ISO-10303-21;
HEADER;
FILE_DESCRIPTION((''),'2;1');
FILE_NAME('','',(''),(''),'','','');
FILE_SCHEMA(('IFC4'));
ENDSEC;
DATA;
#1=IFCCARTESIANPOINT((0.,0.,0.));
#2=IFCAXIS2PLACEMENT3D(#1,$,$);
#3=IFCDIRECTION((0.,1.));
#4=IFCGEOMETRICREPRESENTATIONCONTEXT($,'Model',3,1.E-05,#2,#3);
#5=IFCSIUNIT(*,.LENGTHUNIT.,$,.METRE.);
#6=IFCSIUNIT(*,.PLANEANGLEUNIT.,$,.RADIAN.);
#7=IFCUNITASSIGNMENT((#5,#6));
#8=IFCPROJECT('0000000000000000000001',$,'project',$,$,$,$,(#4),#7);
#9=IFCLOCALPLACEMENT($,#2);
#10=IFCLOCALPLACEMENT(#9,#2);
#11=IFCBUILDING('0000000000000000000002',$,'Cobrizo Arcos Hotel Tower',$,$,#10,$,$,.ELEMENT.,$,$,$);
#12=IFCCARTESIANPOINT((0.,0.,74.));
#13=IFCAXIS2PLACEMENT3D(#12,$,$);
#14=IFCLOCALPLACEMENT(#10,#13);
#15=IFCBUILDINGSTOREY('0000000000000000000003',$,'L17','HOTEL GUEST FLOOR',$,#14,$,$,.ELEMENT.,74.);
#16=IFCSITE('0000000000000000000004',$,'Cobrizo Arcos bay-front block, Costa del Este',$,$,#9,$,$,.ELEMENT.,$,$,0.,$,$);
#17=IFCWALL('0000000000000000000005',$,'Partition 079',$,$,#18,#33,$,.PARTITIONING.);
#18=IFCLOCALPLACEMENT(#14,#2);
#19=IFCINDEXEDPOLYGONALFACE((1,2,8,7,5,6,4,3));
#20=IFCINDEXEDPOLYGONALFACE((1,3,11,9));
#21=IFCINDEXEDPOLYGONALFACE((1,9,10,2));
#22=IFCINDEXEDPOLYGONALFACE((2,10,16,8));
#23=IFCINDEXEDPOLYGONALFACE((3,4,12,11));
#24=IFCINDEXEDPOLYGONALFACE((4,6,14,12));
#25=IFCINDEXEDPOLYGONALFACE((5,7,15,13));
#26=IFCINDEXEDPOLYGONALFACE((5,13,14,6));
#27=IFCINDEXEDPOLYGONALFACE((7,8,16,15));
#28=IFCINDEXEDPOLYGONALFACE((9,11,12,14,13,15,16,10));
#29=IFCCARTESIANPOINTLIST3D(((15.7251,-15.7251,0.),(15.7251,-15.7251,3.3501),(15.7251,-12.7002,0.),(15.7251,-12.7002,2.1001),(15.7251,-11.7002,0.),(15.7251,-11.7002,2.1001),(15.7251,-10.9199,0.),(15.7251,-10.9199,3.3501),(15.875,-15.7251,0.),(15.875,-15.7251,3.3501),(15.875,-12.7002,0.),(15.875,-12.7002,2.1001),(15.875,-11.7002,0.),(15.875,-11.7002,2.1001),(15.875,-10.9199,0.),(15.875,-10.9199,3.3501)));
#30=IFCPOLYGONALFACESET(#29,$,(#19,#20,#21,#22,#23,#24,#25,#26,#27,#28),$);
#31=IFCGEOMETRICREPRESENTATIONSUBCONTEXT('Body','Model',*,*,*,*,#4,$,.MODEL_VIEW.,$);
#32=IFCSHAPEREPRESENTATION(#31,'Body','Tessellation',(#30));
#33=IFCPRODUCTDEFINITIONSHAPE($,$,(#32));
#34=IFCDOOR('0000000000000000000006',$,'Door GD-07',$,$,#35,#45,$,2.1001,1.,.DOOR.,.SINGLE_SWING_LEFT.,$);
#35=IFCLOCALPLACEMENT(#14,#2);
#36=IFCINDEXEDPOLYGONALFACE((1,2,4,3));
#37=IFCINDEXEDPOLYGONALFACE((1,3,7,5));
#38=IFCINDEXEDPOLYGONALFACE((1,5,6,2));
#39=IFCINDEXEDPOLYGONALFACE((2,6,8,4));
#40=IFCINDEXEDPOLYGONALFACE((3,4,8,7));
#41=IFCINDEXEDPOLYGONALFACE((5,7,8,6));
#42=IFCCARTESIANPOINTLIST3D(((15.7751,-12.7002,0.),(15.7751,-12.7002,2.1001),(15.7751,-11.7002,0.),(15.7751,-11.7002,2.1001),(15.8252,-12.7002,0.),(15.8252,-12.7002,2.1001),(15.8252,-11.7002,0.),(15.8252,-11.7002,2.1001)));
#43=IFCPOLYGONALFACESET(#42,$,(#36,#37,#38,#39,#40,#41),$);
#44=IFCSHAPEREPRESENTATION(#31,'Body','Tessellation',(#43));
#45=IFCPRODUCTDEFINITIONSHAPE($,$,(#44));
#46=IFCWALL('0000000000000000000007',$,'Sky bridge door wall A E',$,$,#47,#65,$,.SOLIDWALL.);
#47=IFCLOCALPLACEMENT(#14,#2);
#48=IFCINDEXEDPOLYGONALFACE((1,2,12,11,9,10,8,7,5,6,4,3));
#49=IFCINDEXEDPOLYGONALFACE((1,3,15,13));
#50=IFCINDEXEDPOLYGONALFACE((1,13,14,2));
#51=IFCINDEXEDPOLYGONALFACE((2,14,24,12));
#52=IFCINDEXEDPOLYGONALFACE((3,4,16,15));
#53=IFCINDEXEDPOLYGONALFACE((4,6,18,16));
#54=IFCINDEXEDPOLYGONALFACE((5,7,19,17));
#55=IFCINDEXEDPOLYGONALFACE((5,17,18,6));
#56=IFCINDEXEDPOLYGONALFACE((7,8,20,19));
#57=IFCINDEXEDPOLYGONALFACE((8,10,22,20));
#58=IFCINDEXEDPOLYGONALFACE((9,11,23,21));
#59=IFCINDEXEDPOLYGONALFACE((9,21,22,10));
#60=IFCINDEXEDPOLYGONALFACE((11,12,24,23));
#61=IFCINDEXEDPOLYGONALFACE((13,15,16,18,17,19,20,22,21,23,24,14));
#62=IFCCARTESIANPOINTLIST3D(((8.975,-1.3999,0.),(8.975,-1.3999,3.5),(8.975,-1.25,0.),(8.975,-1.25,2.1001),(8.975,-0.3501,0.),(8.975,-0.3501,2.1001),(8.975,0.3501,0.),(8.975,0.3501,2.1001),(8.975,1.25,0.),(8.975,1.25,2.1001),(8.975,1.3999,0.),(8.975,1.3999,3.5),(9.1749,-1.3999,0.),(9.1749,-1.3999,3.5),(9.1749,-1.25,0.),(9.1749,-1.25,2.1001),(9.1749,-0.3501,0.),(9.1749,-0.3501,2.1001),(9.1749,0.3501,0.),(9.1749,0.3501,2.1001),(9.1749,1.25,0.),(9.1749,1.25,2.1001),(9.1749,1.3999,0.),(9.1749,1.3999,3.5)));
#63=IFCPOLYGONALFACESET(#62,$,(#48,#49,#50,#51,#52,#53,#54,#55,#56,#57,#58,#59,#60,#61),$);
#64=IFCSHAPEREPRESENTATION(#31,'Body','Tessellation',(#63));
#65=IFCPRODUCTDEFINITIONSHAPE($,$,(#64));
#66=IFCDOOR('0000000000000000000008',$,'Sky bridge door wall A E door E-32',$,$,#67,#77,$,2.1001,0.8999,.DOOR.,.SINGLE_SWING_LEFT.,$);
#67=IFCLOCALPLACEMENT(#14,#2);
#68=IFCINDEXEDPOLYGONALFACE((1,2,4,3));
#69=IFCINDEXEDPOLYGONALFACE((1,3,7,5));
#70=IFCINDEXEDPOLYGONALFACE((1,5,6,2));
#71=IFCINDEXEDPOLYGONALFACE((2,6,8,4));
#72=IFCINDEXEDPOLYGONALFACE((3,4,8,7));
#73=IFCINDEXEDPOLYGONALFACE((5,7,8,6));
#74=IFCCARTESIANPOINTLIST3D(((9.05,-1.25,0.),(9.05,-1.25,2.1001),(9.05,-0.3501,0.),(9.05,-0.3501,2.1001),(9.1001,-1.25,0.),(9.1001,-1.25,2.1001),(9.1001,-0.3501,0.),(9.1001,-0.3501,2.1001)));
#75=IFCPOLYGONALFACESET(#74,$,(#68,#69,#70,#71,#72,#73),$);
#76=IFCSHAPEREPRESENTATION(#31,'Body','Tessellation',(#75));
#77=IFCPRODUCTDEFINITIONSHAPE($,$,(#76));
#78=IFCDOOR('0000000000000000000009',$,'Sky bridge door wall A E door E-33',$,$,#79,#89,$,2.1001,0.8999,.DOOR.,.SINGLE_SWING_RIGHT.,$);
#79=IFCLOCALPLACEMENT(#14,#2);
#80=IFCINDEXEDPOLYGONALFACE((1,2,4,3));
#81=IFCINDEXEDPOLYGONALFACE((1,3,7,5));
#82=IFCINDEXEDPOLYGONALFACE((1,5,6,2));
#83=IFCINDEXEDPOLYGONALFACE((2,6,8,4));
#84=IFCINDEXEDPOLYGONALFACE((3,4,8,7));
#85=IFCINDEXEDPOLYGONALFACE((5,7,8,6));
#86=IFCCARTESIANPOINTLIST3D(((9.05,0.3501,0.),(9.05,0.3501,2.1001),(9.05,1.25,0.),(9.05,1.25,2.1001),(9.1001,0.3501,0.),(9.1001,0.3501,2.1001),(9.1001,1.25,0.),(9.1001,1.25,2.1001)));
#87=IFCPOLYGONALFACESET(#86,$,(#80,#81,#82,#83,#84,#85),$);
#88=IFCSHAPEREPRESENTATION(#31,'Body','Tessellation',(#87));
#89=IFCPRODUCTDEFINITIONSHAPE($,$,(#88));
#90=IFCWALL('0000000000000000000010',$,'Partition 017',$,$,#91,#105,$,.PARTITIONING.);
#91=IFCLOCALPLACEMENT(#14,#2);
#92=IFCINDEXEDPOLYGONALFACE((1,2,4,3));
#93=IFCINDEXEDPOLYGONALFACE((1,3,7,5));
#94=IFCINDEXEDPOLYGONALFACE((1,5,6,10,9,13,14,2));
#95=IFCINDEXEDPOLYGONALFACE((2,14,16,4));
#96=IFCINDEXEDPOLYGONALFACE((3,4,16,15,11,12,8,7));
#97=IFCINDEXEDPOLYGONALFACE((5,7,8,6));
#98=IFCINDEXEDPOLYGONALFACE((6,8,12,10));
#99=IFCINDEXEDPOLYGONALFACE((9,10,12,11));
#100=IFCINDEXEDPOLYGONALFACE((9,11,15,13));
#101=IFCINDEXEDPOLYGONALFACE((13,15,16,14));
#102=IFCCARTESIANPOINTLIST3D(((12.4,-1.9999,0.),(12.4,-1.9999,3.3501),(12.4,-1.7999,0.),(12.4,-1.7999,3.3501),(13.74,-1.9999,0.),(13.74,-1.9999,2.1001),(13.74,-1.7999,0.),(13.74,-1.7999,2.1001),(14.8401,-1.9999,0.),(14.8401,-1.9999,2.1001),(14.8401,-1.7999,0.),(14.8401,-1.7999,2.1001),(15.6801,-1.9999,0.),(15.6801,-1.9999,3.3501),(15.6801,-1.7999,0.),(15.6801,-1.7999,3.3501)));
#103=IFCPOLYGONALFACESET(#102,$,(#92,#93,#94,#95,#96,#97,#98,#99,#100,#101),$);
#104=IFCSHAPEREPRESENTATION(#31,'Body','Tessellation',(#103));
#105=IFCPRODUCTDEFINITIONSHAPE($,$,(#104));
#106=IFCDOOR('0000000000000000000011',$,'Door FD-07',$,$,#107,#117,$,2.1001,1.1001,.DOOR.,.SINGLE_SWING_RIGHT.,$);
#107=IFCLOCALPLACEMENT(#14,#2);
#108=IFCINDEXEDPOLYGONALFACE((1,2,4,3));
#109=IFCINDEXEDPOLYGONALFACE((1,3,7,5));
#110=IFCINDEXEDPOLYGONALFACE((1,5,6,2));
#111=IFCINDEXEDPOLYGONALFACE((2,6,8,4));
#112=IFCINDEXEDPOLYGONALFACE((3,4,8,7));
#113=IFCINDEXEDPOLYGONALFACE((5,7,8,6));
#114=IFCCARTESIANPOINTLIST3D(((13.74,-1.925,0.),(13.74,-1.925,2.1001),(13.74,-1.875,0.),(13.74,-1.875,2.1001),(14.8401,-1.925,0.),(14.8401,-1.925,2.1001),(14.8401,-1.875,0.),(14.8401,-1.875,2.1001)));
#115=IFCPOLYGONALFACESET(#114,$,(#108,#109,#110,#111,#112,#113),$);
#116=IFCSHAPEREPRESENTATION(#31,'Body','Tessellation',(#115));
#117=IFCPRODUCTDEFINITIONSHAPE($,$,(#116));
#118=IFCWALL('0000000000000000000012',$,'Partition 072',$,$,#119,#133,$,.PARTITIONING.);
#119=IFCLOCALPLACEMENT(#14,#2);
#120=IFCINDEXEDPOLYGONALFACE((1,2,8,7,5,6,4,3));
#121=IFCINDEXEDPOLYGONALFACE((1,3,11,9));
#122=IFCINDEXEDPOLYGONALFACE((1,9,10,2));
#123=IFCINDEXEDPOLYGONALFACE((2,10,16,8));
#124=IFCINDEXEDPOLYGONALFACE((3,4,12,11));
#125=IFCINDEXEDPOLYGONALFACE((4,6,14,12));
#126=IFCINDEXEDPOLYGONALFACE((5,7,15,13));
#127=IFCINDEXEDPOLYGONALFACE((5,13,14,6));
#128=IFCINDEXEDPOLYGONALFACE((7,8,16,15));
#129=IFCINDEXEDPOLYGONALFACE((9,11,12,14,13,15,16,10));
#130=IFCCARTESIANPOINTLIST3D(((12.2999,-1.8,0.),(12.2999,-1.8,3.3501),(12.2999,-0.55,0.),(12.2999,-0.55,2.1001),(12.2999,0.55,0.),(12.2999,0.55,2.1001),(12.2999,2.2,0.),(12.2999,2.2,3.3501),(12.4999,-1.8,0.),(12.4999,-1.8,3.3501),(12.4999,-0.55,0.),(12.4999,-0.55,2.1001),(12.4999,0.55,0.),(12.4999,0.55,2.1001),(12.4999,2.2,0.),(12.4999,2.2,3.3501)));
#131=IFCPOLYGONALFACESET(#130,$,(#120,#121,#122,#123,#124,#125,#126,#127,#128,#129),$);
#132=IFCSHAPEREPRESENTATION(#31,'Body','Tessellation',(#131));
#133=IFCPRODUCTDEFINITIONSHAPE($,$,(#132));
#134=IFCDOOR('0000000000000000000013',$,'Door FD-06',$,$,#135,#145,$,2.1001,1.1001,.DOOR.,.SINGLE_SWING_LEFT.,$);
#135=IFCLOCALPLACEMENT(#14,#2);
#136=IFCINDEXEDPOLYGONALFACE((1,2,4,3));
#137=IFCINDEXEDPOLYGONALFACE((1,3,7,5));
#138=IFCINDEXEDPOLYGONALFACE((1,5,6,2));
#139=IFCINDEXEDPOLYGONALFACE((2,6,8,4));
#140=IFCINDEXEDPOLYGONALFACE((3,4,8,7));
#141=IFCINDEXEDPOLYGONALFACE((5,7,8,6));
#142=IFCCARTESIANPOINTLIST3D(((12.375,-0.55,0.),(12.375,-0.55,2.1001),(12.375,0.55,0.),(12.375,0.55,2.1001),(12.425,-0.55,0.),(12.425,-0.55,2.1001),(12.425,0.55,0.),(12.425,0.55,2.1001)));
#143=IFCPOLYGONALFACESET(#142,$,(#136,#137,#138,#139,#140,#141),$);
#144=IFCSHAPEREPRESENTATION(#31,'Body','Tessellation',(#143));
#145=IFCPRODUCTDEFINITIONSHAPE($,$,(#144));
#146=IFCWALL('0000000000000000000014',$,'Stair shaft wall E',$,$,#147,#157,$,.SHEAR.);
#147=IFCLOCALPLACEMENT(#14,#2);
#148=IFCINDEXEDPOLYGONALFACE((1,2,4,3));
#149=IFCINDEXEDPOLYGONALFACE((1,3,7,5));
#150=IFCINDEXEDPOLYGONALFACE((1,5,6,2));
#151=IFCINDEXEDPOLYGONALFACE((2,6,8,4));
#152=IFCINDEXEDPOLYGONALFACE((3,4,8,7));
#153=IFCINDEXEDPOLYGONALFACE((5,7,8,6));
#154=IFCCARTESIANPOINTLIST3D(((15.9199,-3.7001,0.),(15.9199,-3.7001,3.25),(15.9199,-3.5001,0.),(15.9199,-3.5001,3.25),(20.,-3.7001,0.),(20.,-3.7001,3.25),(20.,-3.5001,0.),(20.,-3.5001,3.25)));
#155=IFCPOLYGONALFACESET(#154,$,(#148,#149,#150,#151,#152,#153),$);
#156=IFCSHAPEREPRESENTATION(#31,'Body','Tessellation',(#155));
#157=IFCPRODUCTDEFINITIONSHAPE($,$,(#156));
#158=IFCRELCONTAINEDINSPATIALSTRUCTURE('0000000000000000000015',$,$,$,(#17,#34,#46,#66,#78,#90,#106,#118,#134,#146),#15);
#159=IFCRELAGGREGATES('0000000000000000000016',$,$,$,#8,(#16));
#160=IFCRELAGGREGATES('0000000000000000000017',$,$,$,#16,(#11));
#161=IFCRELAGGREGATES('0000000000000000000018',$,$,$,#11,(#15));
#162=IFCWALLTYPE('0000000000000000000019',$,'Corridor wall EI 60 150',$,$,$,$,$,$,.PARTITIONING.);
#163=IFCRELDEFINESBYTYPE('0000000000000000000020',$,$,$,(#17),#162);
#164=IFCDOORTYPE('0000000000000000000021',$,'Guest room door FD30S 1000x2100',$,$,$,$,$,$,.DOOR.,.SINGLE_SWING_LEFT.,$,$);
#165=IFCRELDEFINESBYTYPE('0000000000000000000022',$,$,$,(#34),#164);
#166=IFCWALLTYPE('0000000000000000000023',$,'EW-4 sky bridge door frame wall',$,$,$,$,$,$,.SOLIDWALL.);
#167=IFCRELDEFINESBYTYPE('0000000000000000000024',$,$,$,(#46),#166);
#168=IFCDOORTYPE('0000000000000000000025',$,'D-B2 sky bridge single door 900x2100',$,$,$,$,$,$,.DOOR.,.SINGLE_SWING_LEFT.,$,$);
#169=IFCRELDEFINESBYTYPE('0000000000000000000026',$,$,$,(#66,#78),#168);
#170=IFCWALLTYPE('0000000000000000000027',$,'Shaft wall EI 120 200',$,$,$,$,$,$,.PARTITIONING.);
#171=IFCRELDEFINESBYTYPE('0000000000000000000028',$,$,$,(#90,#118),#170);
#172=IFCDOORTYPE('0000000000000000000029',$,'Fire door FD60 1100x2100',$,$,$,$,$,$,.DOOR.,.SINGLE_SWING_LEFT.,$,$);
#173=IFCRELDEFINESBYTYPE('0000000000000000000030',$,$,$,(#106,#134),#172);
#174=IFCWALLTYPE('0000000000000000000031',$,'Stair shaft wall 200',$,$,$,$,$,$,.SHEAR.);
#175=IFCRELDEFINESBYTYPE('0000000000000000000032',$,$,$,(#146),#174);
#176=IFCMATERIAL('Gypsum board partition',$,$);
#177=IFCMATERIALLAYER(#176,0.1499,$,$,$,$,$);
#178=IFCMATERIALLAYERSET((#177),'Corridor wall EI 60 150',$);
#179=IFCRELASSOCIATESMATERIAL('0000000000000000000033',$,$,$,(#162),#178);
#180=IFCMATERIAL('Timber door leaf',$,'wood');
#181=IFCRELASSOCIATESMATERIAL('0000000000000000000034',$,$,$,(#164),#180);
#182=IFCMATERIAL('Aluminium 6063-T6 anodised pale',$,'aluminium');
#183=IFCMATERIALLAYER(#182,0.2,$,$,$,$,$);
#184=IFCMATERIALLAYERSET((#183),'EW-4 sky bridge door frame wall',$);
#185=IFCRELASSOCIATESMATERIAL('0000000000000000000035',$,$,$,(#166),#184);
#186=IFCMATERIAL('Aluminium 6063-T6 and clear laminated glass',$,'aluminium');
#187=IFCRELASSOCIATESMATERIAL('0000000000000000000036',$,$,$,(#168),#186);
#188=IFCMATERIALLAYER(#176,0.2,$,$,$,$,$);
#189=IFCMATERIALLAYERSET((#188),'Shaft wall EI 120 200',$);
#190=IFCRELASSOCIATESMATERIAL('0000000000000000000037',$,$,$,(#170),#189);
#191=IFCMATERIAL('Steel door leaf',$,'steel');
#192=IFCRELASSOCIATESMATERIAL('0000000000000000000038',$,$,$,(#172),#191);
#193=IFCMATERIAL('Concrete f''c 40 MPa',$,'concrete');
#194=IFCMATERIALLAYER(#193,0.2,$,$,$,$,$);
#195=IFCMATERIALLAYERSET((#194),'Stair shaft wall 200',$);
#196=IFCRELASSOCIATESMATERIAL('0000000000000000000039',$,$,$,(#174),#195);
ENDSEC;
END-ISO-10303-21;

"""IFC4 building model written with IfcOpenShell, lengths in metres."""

from ifc_helpers import new_model, si_unit, direction, frame, frame_2d, origin, place, context, subcontext, project, spatial, rectangle, extrude, material, layer, layer_set, type_object, element, fill, save


model = new_model("IFC4")

# Units and contexts
model_context = context("Model", 3, precision=1e-05, world=origin(), true_north=direction((0.0, 1.0)))
body_context = subcontext(model_context, "Body", "Model", "MODEL_VIEW")
ifc_project = project(units=[si_unit("LENGTHUNIT", "METRE"), si_unit("PLANEANGLEUNIT", "RADIAN")], contexts=[model_context])

# Site, building, storey
site_placement = place(None, origin())
site = spatial("IfcSite", under=ifc_project, at=site_placement, Name="Cobrizo Arcos bay-front block, Costa del Este", CompositionType="ELEMENT", RefElevation=0.0)
building_placement = place(site_placement, origin())
building = spatial("IfcBuilding", under=site, at=building_placement, Name="Cobrizo Arcos Hotel Tower", CompositionType="ELEMENT")
storey_placement = place(building_placement, frame((0.0, 0.0, 74.0)))
storey = spatial("IfcBuildingStorey", under=building, at=storey_placement, Name="L17", Description="HOTEL GUEST FLOOR", CompositionType="ELEMENT", Elevation=74.0)

# Shared definitions
ifc_material_1 = material(Name="Gypsum board partition")
ifc_layer_1 = layer(ifc_material_1, 0.1499)
ifc_layer_set_1 = layer_set([ifc_layer_1], Name="Corridor wall EI 60 150")
wall_type_1 = type_object("IfcWallType", Name="Corridor wall EI 60 150", PredefinedType="PARTITIONING", material=ifc_layer_set_1)
ifc_material_2 = material(Name="Timber door leaf", Category="wood")
door_type_1 = type_object("IfcDoorType", Name="Guest room door FD30S 1000x2100", OperationType="SINGLE_SWING_LEFT", PredefinedType="DOOR", material=ifc_material_2)

# Wall, opening, door
wall_1_placement = place(storey_placement, frame((15.8, -15.7251, 0.0), z_axis=(0.0, 0.0, 1.0), x_axis=(0.0, 1.0, 0.0)))
wall_1 = element("IfcWall", 1, at=wall_1_placement, inside=storey, type_object=wall_type_1, Name="Partition 079", PredefinedType="PARTITIONING", context=body_context, shape_type="SweptSolid", body=[
    extrude(rectangle(XDim=4.8052, YDim=0.1499, at=frame_2d((2.4026, 0.0))), origin(), (0.0, 0.0, 1.0), 3.3501),
])
opening_1_placement = place(wall_1_placement, frame((3.0249, 0.0, 0.0)))
opening_1 = element("IfcOpeningElement", 2, at=opening_1_placement, cuts=wall_1, PredefinedType="OPENING", context=body_context, shape_type="SweptSolid", body=[
    extrude(rectangle(XDim=1.0, YDim=2.1001, at=frame_2d((0.5, 1.05))), frame((0.0, 0.0869, 0.0), z_axis=(0.0, -1.0, 0.0), x_axis=(1.0, 0.0, 0.0)), (0.0, 0.0, 1.0), 0.1738),
])
door_1_placement = place(opening_1_placement, origin())
door_1 = element("IfcDoor", 3, at=door_1_placement, inside=storey, type_object=door_type_1, Name="Door GD-07", OperationType="SINGLE_SWING_LEFT", OverallHeight=2.1001, OverallWidth=1.0, PredefinedType="DOOR", context=body_context, shape_type="SweptSolid", body=[
    extrude(rectangle(XDim=1.0, YDim=2.1001, at=frame_2d((0.5, 1.05))), frame((0.0, 0.0249, 0.0), z_axis=(0.0, -1.0, 0.0), x_axis=(1.0, 0.0, 0.0)), (0.0, 0.0, 1.0), 0.05),
])
fill(opening_1, door_1)

# Wall, openings, doors
ifc_material_3 = material(Name="Aluminium 6063-T6 anodised pale", Category="aluminium")
ifc_layer_2 = layer(ifc_material_3, 0.2)
ifc_layer_set_2 = layer_set([ifc_layer_2], Name="EW-4 sky bridge door frame wall")
wall_type_2 = type_object("IfcWallType", Name="EW-4 sky bridge door frame wall", PredefinedType="SOLIDWALL", material=ifc_layer_set_2)
wall_2_placement = place(storey_placement, frame((9.075, -1.3999, 0.0), z_axis=(0.0, 0.0, 1.0), x_axis=(0.0, 1.0, 0.0)))
wall_2 = element("IfcWall", 4, at=wall_2_placement, inside=storey, type_object=wall_type_2, Name="Sky bridge door wall A E", PredefinedType="SOLIDWALL", context=body_context, shape_type="SweptSolid", body=[
    extrude(rectangle(XDim=2.7998, YDim=0.2, at=frame_2d((1.3999, 0.0))), origin(), (0.0, 0.0, 1.0), 3.5),
])
opening_2_placement = place(wall_2_placement, frame((0.1499, 0.0, 0.0)))
opening_2 = element("IfcOpeningElement", 5, at=opening_2_placement, cuts=wall_2, PredefinedType="OPENING", context=body_context, shape_type="SweptSolid", body=[
    extrude(rectangle(XDim=0.8999, YDim=2.1001, at=frame_2d((0.45, 1.05))), frame((0.0, 0.1121, 0.0), z_axis=(0.0, -1.0, 0.0), x_axis=(1.0, 0.0, 0.0)), (0.0, 0.0, 1.0), 0.2239),
])
opening_3_placement = place(wall_2_placement, frame((1.75, 0.0, 0.0)))
opening_3 = element("IfcOpeningElement", 6, at=opening_3_placement, cuts=wall_2, PredefinedType="OPENING", context=body_context, shape_type="SweptSolid", body=[
    extrude(rectangle(XDim=0.8999, YDim=2.1001, at=frame_2d((0.45, 1.05))), frame((0.0, 0.1121, 0.0), z_axis=(0.0, -1.0, 0.0), x_axis=(1.0, 0.0, 0.0)), (0.0, 0.0, 1.0), 0.2239),
])
ifc_material_4 = material(Name="Aluminium 6063-T6 and clear laminated glass", Category="aluminium")
door_type_2 = type_object("IfcDoorType", Name="D-B2 sky bridge single door 900x2100", OperationType="SINGLE_SWING_LEFT", PredefinedType="DOOR", material=ifc_material_4)
door_2_placement = place(opening_2_placement, origin())
door_2 = element("IfcDoor", 7, at=door_2_placement, inside=storey, type_object=door_type_2, Name="Sky bridge door wall A E door E-32", OperationType="SINGLE_SWING_LEFT", OverallHeight=2.1001, OverallWidth=0.8999, PredefinedType="DOOR", context=body_context, shape_type="SweptSolid", body=[
    extrude(rectangle(XDim=0.8999, YDim=2.1001, at=frame_2d((0.45, 1.05))), frame((0.0, 0.0249, 0.0), z_axis=(0.0, -1.0, 0.0), x_axis=(1.0, 0.0, 0.0)), (0.0, 0.0, 1.0), 0.05),
])
fill(opening_2, door_2)
door_3_placement = place(opening_3_placement, origin())
door_3 = element("IfcDoor", 8, at=door_3_placement, inside=storey, type_object=door_type_2, Name="Sky bridge door wall A E door E-33", OperationType="SINGLE_SWING_RIGHT", OverallHeight=2.1001, OverallWidth=0.8999, PredefinedType="DOOR", context=body_context, shape_type="SweptSolid", body=[
    extrude(rectangle(XDim=0.8999, YDim=2.1001, at=frame_2d((0.45, 1.05))), frame((0.0, 0.0249, 0.0), z_axis=(0.0, -1.0, 0.0), x_axis=(1.0, 0.0, 0.0)), (0.0, 0.0, 1.0), 0.05),
])
fill(opening_3, door_3)

# Walls, openings, doors
ifc_layer_3 = layer(ifc_material_1, 0.2)
ifc_layer_set_3 = layer_set([ifc_layer_3], Name="Shaft wall EI 120 200")
wall_type_3 = type_object("IfcWallType", Name="Shaft wall EI 120 200", PredefinedType="PARTITIONING", material=ifc_layer_set_3)
wall_3_placement = place(storey_placement, frame((12.3999, -1.8999, 0.0), z_axis=(0.0, 0.0, 1.0), x_axis=(1.0, 0.0, 0.0)))
wall_3 = element("IfcWall", 9, at=wall_3_placement, inside=storey, type_object=wall_type_3, Name="Partition 017", PredefinedType="PARTITIONING", context=body_context, shape_type="SweptSolid", body=[
    extrude(rectangle(XDim=3.28, YDim=0.2, at=frame_2d((1.6401, 0.0))), origin(), (0.0, 0.0, 1.0), 3.3501),
])
opening_4_placement = place(wall_3_placement, frame((1.3401, 0.0, 0.0)))
opening_4 = element("IfcOpeningElement", 10, at=opening_4_placement, cuts=wall_3, PredefinedType="OPENING", context=body_context, shape_type="SweptSolid", body=[
    extrude(rectangle(XDim=1.1001, YDim=2.1001, at=frame_2d((0.55, 1.05))), frame((0.0, 0.1121, 0.0), z_axis=(0.0, -1.0, 0.0), x_axis=(1.0, 0.0, 0.0)), (0.0, 0.0, 1.0), 0.2239),
])
ifc_material_5 = material(Name="Steel door leaf", Category="steel")
door_type_3 = type_object("IfcDoorType", Name="Fire door FD60 1100x2100", OperationType="SINGLE_SWING_LEFT", PredefinedType="DOOR", material=ifc_material_5)
door_4_placement = place(opening_4_placement, origin())
door_4 = element("IfcDoor", 11, at=door_4_placement, inside=storey, type_object=door_type_3, Name="Door FD-07", OperationType="SINGLE_SWING_RIGHT", OverallHeight=2.1001, OverallWidth=1.1001, PredefinedType="DOOR", context=body_context, shape_type="SweptSolid", body=[
    extrude(rectangle(XDim=1.1001, YDim=2.1001, at=frame_2d((0.55, 1.05))), frame((0.0, 0.0249, 0.0), z_axis=(0.0, -1.0, 0.0), x_axis=(1.0, 0.0, 0.0)), (0.0, 0.0, 1.0), 0.05),
])
fill(opening_4, door_4)
wall_4_placement = place(storey_placement, frame((12.3999, -1.8, 0.0), z_axis=(0.0, 0.0, 1.0), x_axis=(0.0, 1.0, 0.0)))
wall_4 = element("IfcWall", 12, at=wall_4_placement, inside=storey, type_object=wall_type_3, Name="Partition 072", PredefinedType="PARTITIONING", context=body_context, shape_type="SweptSolid", body=[
    extrude(rectangle(XDim=4.0, YDim=0.2, at=frame_2d((2.0, 0.0))), origin(), (0.0, 0.0, 1.0), 3.3501),
])
opening_5_placement = place(wall_4_placement, frame((1.25, 0.0, 0.0)))
opening_5 = element("IfcOpeningElement", 13, at=opening_5_placement, cuts=wall_4, PredefinedType="OPENING", context=body_context, shape_type="SweptSolid", body=[
    extrude(rectangle(XDim=1.1001, YDim=2.1001, at=frame_2d((0.55, 1.05))), frame((0.0, 0.1121, 0.0), z_axis=(0.0, -1.0, 0.0), x_axis=(1.0, 0.0, 0.0)), (0.0, 0.0, 1.0), 0.2239),
])
door_5_placement = place(opening_5_placement, origin())
door_5 = element("IfcDoor", 14, at=door_5_placement, inside=storey, type_object=door_type_3, Name="Door FD-06", OperationType="SINGLE_SWING_LEFT", OverallHeight=2.1001, OverallWidth=1.1001, PredefinedType="DOOR", context=body_context, shape_type="SweptSolid", body=[
    extrude(rectangle(XDim=1.1001, YDim=2.1001, at=frame_2d((0.55, 1.05))), frame((0.0, 0.0249, 0.0), z_axis=(0.0, -1.0, 0.0), x_axis=(1.0, 0.0, 0.0)), (0.0, 0.0, 1.0), 0.05),
])
fill(opening_5, door_5)

# Wall
ifc_material_6 = material(Name="Concrete f'c 40 MPa", Category="concrete")
ifc_layer_4 = layer(ifc_material_6, 0.2)
ifc_layer_set_4 = layer_set([ifc_layer_4], Name="Stair shaft wall 200")
wall_type_4 = type_object("IfcWallType", Name="Stair shaft wall 200", PredefinedType="SHEAR", material=ifc_layer_set_4)
wall_5_placement = place(storey_placement, frame((15.9199, -3.6001, 0.0), z_axis=(0.0, 0.0, 1.0), x_axis=(1.0, 0.0, 0.0)))
element("IfcWall", 15, at=wall_5_placement, inside=storey, type_object=wall_type_4, Name="Stair shaft wall E", PredefinedType="SHEAR", context=body_context, shape_type="SweptSolid", body=[
    extrude(rectangle(XDim=4.0801, YDim=0.2, at=frame_2d((2.04, 0.0))), origin(), (0.0, 0.0, 1.0), 3.25),
])

save(model, "model.ifc")
